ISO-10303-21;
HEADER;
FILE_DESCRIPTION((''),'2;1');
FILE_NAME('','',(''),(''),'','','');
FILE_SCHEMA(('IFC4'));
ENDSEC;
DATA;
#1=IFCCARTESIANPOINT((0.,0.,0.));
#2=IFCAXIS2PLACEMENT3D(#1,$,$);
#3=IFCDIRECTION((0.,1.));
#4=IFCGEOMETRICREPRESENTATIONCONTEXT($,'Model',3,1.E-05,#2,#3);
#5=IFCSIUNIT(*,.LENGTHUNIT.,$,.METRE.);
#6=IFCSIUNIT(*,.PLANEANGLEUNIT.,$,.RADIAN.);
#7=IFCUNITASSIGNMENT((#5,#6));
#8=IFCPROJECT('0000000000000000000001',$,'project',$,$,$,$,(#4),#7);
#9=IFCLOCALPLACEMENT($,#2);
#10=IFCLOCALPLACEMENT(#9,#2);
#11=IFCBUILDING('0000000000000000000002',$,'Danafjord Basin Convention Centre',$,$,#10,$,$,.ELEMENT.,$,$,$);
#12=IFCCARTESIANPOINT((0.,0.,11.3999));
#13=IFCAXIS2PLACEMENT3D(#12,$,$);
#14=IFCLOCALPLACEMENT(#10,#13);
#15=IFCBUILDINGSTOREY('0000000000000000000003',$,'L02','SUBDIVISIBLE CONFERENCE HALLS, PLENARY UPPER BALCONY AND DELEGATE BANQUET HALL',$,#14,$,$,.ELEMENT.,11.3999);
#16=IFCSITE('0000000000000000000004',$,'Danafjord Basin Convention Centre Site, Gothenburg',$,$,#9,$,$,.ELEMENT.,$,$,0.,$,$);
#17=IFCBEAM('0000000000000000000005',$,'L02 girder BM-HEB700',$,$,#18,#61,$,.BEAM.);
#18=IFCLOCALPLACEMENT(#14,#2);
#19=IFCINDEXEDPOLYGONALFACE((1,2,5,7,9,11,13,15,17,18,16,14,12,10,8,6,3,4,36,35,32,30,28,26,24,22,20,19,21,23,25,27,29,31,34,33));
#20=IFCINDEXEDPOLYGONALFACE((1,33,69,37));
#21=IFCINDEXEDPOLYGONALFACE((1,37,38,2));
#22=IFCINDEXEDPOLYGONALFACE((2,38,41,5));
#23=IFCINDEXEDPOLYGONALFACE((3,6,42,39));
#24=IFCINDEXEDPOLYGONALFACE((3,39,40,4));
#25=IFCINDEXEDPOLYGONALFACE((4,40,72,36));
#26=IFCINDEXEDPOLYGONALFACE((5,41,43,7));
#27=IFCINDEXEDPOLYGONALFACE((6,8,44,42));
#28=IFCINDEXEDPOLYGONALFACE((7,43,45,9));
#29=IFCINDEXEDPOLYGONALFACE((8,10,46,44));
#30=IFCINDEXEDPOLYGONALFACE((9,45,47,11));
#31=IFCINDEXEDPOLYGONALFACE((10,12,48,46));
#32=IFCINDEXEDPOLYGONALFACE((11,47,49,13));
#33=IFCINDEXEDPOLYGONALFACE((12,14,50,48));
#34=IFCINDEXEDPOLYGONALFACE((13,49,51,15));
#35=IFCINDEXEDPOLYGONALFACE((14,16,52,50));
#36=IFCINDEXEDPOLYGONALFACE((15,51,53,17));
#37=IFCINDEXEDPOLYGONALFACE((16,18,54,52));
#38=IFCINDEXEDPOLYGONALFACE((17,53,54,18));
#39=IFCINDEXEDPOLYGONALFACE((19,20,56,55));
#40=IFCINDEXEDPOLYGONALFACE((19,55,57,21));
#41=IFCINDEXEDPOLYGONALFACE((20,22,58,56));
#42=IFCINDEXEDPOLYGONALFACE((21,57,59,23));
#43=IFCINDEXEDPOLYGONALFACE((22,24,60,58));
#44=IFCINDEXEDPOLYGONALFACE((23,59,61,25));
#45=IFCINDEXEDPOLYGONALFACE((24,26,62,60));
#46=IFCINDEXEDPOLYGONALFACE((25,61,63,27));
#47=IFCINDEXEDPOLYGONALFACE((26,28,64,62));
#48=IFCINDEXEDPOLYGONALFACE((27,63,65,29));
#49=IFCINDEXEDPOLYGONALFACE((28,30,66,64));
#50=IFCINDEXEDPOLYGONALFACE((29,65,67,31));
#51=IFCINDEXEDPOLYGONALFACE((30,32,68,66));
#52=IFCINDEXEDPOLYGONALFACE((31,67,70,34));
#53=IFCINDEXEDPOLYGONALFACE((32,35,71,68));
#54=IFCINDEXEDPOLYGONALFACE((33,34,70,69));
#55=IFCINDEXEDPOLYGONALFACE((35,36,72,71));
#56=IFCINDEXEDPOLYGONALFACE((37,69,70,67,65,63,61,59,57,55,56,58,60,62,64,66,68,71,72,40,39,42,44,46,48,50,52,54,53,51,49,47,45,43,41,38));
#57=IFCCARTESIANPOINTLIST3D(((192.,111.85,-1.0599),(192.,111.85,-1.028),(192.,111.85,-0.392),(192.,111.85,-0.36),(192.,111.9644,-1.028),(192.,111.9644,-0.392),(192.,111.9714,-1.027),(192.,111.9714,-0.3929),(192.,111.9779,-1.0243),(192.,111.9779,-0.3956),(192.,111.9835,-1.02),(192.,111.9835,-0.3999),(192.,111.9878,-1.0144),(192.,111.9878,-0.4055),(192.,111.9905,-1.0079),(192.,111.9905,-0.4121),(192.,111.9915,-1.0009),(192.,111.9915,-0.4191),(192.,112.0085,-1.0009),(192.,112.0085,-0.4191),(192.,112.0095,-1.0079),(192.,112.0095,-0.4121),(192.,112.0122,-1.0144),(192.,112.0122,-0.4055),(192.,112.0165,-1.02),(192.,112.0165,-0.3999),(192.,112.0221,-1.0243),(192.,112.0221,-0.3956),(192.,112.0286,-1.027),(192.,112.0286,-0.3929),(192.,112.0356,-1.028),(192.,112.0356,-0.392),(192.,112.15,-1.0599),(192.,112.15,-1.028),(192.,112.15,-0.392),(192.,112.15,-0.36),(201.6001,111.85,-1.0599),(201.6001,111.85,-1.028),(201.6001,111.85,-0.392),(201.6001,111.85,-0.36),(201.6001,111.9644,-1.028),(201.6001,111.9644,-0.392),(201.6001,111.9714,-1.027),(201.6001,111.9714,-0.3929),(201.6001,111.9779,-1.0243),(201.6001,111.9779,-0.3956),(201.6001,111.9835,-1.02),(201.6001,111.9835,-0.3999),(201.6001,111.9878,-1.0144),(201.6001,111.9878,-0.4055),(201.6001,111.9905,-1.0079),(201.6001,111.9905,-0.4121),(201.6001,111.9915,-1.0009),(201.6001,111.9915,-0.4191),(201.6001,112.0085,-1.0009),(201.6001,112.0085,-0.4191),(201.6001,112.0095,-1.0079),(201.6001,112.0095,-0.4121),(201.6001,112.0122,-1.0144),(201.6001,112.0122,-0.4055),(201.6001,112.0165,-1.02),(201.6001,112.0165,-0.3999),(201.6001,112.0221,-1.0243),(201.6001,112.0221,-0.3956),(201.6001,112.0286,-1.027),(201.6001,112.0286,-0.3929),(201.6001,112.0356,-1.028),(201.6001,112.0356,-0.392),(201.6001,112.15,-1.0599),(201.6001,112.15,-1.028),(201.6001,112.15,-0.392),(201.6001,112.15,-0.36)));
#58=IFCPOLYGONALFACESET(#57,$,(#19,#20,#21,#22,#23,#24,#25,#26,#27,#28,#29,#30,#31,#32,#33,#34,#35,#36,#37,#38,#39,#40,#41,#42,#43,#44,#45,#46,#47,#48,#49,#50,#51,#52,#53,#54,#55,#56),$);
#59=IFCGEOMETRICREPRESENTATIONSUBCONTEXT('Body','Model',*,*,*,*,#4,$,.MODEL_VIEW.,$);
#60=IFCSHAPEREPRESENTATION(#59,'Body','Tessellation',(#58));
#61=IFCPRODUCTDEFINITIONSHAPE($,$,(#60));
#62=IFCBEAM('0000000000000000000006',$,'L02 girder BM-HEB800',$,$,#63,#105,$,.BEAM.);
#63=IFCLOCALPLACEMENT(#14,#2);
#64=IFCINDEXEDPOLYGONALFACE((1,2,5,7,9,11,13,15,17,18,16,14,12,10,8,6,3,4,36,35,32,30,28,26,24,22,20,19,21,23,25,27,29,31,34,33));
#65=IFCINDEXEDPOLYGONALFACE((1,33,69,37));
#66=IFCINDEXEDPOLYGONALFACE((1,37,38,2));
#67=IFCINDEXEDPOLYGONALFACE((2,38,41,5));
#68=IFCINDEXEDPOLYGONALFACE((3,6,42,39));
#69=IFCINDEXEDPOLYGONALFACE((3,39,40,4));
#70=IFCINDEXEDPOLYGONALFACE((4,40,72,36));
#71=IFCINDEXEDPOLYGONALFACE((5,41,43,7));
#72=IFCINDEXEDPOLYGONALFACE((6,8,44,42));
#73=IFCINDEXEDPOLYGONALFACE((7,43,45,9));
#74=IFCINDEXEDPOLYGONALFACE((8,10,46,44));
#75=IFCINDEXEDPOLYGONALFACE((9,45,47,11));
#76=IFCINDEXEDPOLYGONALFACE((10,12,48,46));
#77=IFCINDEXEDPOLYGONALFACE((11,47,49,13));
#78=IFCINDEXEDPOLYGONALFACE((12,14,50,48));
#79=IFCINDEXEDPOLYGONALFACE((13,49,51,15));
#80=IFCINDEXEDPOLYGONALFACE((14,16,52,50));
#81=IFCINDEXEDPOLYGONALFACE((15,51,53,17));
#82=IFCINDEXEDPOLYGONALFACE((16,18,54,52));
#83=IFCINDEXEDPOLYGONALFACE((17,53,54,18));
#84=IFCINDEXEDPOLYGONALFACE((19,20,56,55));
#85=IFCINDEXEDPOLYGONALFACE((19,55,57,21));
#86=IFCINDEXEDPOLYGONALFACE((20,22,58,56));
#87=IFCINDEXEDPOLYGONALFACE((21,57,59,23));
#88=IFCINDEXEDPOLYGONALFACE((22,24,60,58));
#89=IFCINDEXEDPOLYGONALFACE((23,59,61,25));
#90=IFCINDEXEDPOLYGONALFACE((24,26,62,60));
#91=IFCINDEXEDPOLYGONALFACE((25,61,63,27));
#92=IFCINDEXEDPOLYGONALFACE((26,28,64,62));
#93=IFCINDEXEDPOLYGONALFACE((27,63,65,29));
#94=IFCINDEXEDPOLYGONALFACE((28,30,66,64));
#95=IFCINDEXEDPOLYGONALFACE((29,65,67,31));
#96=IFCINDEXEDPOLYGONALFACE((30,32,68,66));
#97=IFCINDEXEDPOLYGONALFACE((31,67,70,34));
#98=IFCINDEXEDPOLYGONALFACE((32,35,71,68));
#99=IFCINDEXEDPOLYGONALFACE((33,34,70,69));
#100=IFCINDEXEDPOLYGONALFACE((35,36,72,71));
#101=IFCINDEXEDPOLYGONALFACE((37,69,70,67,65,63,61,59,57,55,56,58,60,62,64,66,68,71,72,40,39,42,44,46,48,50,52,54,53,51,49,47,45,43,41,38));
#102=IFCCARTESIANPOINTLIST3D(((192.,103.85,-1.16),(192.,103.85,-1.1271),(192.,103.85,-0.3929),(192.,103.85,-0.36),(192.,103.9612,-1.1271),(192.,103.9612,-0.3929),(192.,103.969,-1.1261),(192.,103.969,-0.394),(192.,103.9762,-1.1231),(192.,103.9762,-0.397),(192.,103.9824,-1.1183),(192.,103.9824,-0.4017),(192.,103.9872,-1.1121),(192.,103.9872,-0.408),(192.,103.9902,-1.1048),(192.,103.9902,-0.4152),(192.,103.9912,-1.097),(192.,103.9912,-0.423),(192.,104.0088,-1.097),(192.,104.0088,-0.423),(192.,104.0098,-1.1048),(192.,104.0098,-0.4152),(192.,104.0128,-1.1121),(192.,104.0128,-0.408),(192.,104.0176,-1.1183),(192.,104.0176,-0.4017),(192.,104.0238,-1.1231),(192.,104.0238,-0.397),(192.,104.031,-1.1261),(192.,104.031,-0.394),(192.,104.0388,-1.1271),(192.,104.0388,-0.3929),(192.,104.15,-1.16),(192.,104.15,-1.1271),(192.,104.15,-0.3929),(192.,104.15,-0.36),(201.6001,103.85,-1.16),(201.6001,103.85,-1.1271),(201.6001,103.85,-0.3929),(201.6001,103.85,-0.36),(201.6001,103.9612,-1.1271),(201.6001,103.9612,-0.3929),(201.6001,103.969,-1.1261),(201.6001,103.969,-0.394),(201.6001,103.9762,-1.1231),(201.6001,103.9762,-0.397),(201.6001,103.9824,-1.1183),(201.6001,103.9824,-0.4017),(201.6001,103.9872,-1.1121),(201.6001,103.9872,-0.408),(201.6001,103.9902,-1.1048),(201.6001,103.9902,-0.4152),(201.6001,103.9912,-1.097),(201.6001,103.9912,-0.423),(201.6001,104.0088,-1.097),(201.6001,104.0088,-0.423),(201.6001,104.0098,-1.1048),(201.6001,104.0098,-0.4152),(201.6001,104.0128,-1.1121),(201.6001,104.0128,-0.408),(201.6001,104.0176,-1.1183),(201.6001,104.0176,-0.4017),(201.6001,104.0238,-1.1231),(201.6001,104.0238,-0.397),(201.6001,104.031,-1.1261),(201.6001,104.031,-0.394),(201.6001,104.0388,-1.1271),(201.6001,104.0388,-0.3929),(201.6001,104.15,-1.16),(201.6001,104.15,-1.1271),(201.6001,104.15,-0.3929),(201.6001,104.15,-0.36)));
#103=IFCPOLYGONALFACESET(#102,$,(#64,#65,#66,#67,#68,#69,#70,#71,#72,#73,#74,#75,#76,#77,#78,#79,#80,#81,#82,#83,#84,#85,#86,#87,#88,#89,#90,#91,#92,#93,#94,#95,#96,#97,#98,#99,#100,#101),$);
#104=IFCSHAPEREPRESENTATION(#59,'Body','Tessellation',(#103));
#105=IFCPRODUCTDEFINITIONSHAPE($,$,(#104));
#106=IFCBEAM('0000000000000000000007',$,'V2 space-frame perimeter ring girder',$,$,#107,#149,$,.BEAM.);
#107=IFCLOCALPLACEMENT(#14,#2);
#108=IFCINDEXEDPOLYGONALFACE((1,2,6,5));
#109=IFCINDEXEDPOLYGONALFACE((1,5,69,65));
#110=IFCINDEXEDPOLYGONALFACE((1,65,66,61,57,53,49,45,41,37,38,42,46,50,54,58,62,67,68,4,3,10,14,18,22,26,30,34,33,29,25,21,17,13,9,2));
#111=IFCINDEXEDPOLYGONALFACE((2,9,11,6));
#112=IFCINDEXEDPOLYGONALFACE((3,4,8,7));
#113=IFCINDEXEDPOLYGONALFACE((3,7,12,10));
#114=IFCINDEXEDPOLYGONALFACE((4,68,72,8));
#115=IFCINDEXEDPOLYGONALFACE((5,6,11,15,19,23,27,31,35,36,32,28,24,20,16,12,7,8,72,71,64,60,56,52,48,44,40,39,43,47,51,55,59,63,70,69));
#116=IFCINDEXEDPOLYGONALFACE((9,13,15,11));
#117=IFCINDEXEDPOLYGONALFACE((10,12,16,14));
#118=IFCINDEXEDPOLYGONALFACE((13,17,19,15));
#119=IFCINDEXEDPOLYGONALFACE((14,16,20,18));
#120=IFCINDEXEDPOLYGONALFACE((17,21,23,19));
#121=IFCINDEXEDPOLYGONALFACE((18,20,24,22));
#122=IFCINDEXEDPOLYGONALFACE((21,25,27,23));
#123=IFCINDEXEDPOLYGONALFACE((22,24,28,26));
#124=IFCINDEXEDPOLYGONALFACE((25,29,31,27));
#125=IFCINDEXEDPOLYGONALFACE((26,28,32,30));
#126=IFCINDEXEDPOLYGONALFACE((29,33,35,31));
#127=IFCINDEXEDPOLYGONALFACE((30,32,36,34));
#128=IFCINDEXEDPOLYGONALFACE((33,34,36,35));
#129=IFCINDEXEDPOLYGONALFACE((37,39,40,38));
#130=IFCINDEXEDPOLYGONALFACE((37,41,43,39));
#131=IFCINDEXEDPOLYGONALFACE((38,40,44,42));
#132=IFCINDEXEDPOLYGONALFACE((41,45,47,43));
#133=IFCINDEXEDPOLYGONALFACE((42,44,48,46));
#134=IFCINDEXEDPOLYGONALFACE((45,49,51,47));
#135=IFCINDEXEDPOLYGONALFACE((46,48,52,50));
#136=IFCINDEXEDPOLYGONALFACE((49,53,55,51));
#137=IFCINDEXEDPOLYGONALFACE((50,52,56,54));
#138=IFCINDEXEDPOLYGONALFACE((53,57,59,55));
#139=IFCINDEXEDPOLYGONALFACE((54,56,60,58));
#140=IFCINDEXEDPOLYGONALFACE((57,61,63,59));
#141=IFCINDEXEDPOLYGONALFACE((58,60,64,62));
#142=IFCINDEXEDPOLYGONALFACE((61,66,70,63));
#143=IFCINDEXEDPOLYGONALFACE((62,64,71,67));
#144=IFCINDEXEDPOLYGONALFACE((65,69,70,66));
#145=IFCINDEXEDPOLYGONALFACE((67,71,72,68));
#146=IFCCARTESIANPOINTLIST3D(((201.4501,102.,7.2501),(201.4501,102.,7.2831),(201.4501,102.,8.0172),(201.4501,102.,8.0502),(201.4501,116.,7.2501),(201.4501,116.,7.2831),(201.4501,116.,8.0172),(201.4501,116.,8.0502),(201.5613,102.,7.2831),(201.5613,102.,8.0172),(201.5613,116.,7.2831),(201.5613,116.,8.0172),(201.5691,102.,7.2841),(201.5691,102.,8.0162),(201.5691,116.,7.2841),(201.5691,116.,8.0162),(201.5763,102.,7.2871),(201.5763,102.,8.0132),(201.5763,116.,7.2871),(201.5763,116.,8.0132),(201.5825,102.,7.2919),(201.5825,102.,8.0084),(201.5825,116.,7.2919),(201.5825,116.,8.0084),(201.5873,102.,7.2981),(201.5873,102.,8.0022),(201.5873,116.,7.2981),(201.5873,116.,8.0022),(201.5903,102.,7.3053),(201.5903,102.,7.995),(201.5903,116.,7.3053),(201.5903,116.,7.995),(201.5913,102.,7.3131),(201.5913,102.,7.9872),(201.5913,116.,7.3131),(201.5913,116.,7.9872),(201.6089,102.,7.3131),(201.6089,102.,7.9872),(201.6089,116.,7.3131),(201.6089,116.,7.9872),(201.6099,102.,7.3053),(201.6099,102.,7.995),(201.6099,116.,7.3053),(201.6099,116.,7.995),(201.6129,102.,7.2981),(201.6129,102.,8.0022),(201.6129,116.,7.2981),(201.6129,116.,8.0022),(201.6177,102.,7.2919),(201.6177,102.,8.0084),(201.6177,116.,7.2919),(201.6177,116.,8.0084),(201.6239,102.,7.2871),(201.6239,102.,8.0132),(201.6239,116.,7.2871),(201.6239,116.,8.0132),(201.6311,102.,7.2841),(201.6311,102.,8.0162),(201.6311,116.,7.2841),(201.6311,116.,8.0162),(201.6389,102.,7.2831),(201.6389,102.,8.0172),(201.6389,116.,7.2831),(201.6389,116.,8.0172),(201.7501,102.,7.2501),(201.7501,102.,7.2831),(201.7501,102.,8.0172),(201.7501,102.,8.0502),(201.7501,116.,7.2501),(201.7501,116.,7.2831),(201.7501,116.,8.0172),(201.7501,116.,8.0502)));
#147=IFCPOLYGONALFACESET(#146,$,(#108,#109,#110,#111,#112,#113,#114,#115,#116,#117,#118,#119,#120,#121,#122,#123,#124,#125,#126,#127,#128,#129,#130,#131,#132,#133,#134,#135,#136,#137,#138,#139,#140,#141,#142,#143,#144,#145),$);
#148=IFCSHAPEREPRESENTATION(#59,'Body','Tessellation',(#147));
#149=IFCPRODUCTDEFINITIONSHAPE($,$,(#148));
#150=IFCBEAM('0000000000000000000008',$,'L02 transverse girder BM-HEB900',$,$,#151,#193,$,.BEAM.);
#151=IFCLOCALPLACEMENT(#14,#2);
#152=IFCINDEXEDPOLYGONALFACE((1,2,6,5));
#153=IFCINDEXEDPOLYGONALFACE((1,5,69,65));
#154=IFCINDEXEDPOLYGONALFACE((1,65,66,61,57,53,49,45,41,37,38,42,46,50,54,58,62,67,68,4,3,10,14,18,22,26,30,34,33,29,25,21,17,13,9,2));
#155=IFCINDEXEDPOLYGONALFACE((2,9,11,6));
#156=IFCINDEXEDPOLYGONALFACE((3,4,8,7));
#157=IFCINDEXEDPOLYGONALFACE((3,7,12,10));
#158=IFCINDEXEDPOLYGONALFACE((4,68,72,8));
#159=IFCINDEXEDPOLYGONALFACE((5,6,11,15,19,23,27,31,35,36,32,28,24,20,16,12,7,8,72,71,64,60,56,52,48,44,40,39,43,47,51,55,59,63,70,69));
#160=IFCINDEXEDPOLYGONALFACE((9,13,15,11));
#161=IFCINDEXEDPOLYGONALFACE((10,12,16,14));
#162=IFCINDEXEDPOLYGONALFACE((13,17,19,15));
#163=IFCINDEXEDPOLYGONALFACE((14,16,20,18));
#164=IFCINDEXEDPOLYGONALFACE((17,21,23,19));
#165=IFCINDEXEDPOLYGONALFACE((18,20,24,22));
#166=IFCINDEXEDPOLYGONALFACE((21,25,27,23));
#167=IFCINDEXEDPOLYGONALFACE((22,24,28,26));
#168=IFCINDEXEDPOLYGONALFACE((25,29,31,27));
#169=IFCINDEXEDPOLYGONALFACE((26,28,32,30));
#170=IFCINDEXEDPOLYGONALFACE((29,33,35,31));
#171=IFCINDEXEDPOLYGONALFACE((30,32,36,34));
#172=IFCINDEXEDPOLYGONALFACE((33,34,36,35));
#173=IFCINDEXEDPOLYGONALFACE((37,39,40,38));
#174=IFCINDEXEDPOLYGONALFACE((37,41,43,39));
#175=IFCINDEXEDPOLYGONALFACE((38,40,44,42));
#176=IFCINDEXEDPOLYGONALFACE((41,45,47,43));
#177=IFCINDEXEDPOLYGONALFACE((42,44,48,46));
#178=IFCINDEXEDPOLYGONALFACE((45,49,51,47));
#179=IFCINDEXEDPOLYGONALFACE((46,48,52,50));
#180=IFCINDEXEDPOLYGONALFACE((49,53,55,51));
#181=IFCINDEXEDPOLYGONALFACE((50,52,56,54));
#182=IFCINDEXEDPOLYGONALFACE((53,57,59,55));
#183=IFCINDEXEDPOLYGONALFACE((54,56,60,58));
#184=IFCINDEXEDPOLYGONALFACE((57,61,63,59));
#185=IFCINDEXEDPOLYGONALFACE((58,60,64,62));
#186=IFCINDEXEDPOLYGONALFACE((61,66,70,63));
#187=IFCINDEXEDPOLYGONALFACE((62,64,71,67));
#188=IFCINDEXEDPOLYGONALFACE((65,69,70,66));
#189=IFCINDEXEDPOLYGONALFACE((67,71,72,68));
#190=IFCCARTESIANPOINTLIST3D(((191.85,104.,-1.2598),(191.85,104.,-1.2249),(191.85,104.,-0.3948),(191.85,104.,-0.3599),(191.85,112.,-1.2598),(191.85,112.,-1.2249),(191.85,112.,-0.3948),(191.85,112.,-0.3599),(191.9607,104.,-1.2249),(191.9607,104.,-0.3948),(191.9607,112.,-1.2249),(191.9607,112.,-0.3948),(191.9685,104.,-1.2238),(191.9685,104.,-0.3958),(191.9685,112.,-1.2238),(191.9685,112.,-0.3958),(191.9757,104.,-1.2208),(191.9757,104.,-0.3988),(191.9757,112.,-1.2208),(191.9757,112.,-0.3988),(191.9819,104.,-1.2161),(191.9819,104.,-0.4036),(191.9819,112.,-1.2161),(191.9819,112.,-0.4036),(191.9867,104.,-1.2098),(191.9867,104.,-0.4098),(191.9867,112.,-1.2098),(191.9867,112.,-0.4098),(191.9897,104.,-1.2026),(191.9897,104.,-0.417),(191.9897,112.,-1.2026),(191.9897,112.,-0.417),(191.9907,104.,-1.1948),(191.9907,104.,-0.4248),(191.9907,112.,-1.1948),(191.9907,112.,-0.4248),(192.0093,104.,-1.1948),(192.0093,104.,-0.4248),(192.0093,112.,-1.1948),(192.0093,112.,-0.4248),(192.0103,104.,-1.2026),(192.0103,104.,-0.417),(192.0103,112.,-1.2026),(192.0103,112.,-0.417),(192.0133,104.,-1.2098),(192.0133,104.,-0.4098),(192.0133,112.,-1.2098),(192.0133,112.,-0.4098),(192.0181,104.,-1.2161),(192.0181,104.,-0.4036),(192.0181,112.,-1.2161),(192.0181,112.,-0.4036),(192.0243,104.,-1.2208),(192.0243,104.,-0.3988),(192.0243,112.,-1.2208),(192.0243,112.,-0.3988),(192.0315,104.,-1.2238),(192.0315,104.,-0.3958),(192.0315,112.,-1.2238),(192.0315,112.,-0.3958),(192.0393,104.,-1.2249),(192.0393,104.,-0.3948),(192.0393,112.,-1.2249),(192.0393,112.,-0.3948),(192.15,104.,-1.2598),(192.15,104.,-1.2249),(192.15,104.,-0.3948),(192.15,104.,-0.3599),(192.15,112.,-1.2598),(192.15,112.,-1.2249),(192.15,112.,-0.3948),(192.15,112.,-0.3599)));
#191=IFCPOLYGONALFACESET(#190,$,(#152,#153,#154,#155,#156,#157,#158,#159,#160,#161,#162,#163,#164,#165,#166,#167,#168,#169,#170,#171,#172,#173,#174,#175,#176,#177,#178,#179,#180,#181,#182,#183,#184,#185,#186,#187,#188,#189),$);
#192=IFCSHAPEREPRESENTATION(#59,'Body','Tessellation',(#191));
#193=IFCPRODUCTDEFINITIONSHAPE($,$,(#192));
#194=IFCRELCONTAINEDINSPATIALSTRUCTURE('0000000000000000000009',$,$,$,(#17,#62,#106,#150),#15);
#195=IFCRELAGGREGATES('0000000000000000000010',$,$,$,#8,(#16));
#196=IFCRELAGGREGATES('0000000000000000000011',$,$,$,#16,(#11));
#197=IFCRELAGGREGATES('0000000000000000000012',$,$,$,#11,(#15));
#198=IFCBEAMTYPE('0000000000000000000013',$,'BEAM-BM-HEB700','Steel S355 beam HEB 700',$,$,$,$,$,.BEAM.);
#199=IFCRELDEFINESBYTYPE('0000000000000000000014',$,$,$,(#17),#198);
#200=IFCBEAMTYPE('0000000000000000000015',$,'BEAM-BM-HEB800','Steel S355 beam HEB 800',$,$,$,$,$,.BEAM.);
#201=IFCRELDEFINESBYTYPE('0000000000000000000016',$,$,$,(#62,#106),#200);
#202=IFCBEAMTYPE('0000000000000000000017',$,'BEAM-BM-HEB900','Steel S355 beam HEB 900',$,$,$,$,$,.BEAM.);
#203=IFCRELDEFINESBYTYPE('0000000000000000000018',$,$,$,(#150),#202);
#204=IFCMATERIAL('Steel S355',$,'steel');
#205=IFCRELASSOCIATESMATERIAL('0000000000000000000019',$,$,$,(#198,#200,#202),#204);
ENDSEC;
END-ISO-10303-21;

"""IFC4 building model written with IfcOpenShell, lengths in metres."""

from ifc_helpers import new_model, si_unit, direction, frame, origin, origin_2d, place, context, subcontext, project, spatial, i_section, extrude, material, material_profile, profile_set, type_object, element, save


model = new_model("IFC4")

# Units and contexts
model_context = context("Model", 3, precision=1e-05, world=origin(), true_north=direction((0.0, 1.0)))
body_context = subcontext(model_context, "Body", "Model", "MODEL_VIEW")
ifc_project = project(units=[si_unit("LENGTHUNIT", "METRE"), si_unit("PLANEANGLEUNIT", "RADIAN")], contexts=[model_context])

# Site, building, storey
site_placement = place(None, origin())
site = spatial("IfcSite", under=ifc_project, at=site_placement, Name="Danafjord Basin Convention Centre Site, Gothenburg", CompositionType="ELEMENT", RefElevation=0.0)
building_placement = place(site_placement, origin())
building = spatial("IfcBuilding", under=site, at=building_placement, Name="Danafjord Basin Convention Centre", CompositionType="ELEMENT")
storey_placement = place(building_placement, frame((0.0, 0.0, 11.3999)))
storey = spatial("IfcBuildingStorey", under=building, at=storey_placement, Name="L02", Description="SUBDIVISIBLE CONFERENCE HALLS, PLENARY UPPER BALCONY AND DELEGATE BANQUET HALL", CompositionType="ELEMENT", Elevation=11.3999)

# Shared definitions
ifc_material_1 = material(Name="Steel S355", Category="steel")

# Beams
ifc_material_profile_1 = material_profile(ifc_material_1, i_section(OverallWidth=0.3, OverallDepth=0.7, WebThickness=0.0171, FlangeThickness=0.032, FilletRadius=0.0271, at=origin_2d()), Name="HEB 700")
ifc_profile_set_1 = profile_set([ifc_material_profile_1], Name="Steel S355")
beam_type_1 = type_object("IfcBeamType", Name="BEAM-BM-HEB700", Description="Steel S355 beam HEB 700", PredefinedType="BEAM", material=ifc_profile_set_1)
beam_1_placement = place(storey_placement, frame((192.0, 112.0, -0.71), z_axis=(1.0, 0.0, 0.0), x_axis=(0.0, 1.0, 0.0)))
element("IfcBeam", 1, at=beam_1_placement, inside=storey, type_object=beam_type_1, Name="L02 girder BM-HEB700", PredefinedType="BEAM", context=body_context, shape_type="SweptSolid", body=[
    extrude(i_section(OverallWidth=0.3, OverallDepth=0.7, WebThickness=0.0171, FlangeThickness=0.032, FilletRadius=0.0271, at=origin_2d()), origin(), (0.0, 0.0, 1.0), 9.6001),
])
ifc_material_profile_2 = material_profile(ifc_material_1, i_section(OverallWidth=0.3, OverallDepth=0.8, WebThickness=0.0176, FlangeThickness=0.033, FilletRadius=0.03, at=origin_2d()), Name="HEB 800")
ifc_profile_set_2 = profile_set([ifc_material_profile_2], Name="Steel S355")
beam_type_2 = type_object("IfcBeamType", Name="BEAM-BM-HEB800", Description="Steel S355 beam HEB 800", PredefinedType="BEAM", material=ifc_profile_set_2)
beam_2_placement = place(storey_placement, frame((192.0, 104.0, -0.76), z_axis=(1.0, 0.0, 0.0), x_axis=(0.0, 1.0, 0.0)))
element("IfcBeam", 2, at=beam_2_placement, inside=storey, type_object=beam_type_2, Name="L02 girder BM-HEB800", PredefinedType="BEAM", context=body_context, shape_type="SweptSolid", body=[
    extrude(i_section(OverallWidth=0.3, OverallDepth=0.8, WebThickness=0.0176, FlangeThickness=0.033, FilletRadius=0.03, at=origin_2d()), origin(), (0.0, 0.0, 1.0), 9.6001),
])
beam_3_placement = place(storey_placement, frame((201.6001, 102.0, 7.6501), z_axis=(0.0, 1.0, 0.0), x_axis=(-1.0, 0.0, 0.0)))
element("IfcBeam", 3, at=beam_3_placement, inside=storey, type_object=beam_type_2, Name="V2 space-frame perimeter ring girder", PredefinedType="BEAM", context=body_context, shape_type="SweptSolid", body=[
    extrude(i_section(OverallWidth=0.3, OverallDepth=0.8, WebThickness=0.0176, FlangeThickness=0.033, FilletRadius=0.03, at=origin_2d()), origin(), (0.0, 0.0, 1.0), 14.0),
])
ifc_material_profile_3 = material_profile(ifc_material_1, i_section(OverallWidth=0.3, OverallDepth=0.8999, WebThickness=0.0186, FlangeThickness=0.0349, FilletRadius=0.03, at=origin_2d()), Name="HEB 900")
ifc_profile_set_3 = profile_set([ifc_material_profile_3], Name="Steel S355")
beam_type_3 = type_object("IfcBeamType", Name="BEAM-BM-HEB900", Description="Steel S355 beam HEB 900", PredefinedType="BEAM", material=ifc_profile_set_3)
beam_4_placement = place(storey_placement, frame((192.0, 104.0, -0.8098), z_axis=(0.0, 1.0, 0.0), x_axis=(-1.0, 0.0, 0.0)))
element("IfcBeam", 4, at=beam_4_placement, inside=storey, type_object=beam_type_3, Name="L02 transverse girder BM-HEB900", PredefinedType="BEAM", context=body_context, shape_type="SweptSolid", body=[
    extrude(i_section(OverallWidth=0.3, OverallDepth=0.8999, WebThickness=0.0186, FlangeThickness=0.0349, FilletRadius=0.03, at=origin_2d()), origin(), (0.0, 0.0, 1.0), 8.0),
])

save(model, "model.ifc")
